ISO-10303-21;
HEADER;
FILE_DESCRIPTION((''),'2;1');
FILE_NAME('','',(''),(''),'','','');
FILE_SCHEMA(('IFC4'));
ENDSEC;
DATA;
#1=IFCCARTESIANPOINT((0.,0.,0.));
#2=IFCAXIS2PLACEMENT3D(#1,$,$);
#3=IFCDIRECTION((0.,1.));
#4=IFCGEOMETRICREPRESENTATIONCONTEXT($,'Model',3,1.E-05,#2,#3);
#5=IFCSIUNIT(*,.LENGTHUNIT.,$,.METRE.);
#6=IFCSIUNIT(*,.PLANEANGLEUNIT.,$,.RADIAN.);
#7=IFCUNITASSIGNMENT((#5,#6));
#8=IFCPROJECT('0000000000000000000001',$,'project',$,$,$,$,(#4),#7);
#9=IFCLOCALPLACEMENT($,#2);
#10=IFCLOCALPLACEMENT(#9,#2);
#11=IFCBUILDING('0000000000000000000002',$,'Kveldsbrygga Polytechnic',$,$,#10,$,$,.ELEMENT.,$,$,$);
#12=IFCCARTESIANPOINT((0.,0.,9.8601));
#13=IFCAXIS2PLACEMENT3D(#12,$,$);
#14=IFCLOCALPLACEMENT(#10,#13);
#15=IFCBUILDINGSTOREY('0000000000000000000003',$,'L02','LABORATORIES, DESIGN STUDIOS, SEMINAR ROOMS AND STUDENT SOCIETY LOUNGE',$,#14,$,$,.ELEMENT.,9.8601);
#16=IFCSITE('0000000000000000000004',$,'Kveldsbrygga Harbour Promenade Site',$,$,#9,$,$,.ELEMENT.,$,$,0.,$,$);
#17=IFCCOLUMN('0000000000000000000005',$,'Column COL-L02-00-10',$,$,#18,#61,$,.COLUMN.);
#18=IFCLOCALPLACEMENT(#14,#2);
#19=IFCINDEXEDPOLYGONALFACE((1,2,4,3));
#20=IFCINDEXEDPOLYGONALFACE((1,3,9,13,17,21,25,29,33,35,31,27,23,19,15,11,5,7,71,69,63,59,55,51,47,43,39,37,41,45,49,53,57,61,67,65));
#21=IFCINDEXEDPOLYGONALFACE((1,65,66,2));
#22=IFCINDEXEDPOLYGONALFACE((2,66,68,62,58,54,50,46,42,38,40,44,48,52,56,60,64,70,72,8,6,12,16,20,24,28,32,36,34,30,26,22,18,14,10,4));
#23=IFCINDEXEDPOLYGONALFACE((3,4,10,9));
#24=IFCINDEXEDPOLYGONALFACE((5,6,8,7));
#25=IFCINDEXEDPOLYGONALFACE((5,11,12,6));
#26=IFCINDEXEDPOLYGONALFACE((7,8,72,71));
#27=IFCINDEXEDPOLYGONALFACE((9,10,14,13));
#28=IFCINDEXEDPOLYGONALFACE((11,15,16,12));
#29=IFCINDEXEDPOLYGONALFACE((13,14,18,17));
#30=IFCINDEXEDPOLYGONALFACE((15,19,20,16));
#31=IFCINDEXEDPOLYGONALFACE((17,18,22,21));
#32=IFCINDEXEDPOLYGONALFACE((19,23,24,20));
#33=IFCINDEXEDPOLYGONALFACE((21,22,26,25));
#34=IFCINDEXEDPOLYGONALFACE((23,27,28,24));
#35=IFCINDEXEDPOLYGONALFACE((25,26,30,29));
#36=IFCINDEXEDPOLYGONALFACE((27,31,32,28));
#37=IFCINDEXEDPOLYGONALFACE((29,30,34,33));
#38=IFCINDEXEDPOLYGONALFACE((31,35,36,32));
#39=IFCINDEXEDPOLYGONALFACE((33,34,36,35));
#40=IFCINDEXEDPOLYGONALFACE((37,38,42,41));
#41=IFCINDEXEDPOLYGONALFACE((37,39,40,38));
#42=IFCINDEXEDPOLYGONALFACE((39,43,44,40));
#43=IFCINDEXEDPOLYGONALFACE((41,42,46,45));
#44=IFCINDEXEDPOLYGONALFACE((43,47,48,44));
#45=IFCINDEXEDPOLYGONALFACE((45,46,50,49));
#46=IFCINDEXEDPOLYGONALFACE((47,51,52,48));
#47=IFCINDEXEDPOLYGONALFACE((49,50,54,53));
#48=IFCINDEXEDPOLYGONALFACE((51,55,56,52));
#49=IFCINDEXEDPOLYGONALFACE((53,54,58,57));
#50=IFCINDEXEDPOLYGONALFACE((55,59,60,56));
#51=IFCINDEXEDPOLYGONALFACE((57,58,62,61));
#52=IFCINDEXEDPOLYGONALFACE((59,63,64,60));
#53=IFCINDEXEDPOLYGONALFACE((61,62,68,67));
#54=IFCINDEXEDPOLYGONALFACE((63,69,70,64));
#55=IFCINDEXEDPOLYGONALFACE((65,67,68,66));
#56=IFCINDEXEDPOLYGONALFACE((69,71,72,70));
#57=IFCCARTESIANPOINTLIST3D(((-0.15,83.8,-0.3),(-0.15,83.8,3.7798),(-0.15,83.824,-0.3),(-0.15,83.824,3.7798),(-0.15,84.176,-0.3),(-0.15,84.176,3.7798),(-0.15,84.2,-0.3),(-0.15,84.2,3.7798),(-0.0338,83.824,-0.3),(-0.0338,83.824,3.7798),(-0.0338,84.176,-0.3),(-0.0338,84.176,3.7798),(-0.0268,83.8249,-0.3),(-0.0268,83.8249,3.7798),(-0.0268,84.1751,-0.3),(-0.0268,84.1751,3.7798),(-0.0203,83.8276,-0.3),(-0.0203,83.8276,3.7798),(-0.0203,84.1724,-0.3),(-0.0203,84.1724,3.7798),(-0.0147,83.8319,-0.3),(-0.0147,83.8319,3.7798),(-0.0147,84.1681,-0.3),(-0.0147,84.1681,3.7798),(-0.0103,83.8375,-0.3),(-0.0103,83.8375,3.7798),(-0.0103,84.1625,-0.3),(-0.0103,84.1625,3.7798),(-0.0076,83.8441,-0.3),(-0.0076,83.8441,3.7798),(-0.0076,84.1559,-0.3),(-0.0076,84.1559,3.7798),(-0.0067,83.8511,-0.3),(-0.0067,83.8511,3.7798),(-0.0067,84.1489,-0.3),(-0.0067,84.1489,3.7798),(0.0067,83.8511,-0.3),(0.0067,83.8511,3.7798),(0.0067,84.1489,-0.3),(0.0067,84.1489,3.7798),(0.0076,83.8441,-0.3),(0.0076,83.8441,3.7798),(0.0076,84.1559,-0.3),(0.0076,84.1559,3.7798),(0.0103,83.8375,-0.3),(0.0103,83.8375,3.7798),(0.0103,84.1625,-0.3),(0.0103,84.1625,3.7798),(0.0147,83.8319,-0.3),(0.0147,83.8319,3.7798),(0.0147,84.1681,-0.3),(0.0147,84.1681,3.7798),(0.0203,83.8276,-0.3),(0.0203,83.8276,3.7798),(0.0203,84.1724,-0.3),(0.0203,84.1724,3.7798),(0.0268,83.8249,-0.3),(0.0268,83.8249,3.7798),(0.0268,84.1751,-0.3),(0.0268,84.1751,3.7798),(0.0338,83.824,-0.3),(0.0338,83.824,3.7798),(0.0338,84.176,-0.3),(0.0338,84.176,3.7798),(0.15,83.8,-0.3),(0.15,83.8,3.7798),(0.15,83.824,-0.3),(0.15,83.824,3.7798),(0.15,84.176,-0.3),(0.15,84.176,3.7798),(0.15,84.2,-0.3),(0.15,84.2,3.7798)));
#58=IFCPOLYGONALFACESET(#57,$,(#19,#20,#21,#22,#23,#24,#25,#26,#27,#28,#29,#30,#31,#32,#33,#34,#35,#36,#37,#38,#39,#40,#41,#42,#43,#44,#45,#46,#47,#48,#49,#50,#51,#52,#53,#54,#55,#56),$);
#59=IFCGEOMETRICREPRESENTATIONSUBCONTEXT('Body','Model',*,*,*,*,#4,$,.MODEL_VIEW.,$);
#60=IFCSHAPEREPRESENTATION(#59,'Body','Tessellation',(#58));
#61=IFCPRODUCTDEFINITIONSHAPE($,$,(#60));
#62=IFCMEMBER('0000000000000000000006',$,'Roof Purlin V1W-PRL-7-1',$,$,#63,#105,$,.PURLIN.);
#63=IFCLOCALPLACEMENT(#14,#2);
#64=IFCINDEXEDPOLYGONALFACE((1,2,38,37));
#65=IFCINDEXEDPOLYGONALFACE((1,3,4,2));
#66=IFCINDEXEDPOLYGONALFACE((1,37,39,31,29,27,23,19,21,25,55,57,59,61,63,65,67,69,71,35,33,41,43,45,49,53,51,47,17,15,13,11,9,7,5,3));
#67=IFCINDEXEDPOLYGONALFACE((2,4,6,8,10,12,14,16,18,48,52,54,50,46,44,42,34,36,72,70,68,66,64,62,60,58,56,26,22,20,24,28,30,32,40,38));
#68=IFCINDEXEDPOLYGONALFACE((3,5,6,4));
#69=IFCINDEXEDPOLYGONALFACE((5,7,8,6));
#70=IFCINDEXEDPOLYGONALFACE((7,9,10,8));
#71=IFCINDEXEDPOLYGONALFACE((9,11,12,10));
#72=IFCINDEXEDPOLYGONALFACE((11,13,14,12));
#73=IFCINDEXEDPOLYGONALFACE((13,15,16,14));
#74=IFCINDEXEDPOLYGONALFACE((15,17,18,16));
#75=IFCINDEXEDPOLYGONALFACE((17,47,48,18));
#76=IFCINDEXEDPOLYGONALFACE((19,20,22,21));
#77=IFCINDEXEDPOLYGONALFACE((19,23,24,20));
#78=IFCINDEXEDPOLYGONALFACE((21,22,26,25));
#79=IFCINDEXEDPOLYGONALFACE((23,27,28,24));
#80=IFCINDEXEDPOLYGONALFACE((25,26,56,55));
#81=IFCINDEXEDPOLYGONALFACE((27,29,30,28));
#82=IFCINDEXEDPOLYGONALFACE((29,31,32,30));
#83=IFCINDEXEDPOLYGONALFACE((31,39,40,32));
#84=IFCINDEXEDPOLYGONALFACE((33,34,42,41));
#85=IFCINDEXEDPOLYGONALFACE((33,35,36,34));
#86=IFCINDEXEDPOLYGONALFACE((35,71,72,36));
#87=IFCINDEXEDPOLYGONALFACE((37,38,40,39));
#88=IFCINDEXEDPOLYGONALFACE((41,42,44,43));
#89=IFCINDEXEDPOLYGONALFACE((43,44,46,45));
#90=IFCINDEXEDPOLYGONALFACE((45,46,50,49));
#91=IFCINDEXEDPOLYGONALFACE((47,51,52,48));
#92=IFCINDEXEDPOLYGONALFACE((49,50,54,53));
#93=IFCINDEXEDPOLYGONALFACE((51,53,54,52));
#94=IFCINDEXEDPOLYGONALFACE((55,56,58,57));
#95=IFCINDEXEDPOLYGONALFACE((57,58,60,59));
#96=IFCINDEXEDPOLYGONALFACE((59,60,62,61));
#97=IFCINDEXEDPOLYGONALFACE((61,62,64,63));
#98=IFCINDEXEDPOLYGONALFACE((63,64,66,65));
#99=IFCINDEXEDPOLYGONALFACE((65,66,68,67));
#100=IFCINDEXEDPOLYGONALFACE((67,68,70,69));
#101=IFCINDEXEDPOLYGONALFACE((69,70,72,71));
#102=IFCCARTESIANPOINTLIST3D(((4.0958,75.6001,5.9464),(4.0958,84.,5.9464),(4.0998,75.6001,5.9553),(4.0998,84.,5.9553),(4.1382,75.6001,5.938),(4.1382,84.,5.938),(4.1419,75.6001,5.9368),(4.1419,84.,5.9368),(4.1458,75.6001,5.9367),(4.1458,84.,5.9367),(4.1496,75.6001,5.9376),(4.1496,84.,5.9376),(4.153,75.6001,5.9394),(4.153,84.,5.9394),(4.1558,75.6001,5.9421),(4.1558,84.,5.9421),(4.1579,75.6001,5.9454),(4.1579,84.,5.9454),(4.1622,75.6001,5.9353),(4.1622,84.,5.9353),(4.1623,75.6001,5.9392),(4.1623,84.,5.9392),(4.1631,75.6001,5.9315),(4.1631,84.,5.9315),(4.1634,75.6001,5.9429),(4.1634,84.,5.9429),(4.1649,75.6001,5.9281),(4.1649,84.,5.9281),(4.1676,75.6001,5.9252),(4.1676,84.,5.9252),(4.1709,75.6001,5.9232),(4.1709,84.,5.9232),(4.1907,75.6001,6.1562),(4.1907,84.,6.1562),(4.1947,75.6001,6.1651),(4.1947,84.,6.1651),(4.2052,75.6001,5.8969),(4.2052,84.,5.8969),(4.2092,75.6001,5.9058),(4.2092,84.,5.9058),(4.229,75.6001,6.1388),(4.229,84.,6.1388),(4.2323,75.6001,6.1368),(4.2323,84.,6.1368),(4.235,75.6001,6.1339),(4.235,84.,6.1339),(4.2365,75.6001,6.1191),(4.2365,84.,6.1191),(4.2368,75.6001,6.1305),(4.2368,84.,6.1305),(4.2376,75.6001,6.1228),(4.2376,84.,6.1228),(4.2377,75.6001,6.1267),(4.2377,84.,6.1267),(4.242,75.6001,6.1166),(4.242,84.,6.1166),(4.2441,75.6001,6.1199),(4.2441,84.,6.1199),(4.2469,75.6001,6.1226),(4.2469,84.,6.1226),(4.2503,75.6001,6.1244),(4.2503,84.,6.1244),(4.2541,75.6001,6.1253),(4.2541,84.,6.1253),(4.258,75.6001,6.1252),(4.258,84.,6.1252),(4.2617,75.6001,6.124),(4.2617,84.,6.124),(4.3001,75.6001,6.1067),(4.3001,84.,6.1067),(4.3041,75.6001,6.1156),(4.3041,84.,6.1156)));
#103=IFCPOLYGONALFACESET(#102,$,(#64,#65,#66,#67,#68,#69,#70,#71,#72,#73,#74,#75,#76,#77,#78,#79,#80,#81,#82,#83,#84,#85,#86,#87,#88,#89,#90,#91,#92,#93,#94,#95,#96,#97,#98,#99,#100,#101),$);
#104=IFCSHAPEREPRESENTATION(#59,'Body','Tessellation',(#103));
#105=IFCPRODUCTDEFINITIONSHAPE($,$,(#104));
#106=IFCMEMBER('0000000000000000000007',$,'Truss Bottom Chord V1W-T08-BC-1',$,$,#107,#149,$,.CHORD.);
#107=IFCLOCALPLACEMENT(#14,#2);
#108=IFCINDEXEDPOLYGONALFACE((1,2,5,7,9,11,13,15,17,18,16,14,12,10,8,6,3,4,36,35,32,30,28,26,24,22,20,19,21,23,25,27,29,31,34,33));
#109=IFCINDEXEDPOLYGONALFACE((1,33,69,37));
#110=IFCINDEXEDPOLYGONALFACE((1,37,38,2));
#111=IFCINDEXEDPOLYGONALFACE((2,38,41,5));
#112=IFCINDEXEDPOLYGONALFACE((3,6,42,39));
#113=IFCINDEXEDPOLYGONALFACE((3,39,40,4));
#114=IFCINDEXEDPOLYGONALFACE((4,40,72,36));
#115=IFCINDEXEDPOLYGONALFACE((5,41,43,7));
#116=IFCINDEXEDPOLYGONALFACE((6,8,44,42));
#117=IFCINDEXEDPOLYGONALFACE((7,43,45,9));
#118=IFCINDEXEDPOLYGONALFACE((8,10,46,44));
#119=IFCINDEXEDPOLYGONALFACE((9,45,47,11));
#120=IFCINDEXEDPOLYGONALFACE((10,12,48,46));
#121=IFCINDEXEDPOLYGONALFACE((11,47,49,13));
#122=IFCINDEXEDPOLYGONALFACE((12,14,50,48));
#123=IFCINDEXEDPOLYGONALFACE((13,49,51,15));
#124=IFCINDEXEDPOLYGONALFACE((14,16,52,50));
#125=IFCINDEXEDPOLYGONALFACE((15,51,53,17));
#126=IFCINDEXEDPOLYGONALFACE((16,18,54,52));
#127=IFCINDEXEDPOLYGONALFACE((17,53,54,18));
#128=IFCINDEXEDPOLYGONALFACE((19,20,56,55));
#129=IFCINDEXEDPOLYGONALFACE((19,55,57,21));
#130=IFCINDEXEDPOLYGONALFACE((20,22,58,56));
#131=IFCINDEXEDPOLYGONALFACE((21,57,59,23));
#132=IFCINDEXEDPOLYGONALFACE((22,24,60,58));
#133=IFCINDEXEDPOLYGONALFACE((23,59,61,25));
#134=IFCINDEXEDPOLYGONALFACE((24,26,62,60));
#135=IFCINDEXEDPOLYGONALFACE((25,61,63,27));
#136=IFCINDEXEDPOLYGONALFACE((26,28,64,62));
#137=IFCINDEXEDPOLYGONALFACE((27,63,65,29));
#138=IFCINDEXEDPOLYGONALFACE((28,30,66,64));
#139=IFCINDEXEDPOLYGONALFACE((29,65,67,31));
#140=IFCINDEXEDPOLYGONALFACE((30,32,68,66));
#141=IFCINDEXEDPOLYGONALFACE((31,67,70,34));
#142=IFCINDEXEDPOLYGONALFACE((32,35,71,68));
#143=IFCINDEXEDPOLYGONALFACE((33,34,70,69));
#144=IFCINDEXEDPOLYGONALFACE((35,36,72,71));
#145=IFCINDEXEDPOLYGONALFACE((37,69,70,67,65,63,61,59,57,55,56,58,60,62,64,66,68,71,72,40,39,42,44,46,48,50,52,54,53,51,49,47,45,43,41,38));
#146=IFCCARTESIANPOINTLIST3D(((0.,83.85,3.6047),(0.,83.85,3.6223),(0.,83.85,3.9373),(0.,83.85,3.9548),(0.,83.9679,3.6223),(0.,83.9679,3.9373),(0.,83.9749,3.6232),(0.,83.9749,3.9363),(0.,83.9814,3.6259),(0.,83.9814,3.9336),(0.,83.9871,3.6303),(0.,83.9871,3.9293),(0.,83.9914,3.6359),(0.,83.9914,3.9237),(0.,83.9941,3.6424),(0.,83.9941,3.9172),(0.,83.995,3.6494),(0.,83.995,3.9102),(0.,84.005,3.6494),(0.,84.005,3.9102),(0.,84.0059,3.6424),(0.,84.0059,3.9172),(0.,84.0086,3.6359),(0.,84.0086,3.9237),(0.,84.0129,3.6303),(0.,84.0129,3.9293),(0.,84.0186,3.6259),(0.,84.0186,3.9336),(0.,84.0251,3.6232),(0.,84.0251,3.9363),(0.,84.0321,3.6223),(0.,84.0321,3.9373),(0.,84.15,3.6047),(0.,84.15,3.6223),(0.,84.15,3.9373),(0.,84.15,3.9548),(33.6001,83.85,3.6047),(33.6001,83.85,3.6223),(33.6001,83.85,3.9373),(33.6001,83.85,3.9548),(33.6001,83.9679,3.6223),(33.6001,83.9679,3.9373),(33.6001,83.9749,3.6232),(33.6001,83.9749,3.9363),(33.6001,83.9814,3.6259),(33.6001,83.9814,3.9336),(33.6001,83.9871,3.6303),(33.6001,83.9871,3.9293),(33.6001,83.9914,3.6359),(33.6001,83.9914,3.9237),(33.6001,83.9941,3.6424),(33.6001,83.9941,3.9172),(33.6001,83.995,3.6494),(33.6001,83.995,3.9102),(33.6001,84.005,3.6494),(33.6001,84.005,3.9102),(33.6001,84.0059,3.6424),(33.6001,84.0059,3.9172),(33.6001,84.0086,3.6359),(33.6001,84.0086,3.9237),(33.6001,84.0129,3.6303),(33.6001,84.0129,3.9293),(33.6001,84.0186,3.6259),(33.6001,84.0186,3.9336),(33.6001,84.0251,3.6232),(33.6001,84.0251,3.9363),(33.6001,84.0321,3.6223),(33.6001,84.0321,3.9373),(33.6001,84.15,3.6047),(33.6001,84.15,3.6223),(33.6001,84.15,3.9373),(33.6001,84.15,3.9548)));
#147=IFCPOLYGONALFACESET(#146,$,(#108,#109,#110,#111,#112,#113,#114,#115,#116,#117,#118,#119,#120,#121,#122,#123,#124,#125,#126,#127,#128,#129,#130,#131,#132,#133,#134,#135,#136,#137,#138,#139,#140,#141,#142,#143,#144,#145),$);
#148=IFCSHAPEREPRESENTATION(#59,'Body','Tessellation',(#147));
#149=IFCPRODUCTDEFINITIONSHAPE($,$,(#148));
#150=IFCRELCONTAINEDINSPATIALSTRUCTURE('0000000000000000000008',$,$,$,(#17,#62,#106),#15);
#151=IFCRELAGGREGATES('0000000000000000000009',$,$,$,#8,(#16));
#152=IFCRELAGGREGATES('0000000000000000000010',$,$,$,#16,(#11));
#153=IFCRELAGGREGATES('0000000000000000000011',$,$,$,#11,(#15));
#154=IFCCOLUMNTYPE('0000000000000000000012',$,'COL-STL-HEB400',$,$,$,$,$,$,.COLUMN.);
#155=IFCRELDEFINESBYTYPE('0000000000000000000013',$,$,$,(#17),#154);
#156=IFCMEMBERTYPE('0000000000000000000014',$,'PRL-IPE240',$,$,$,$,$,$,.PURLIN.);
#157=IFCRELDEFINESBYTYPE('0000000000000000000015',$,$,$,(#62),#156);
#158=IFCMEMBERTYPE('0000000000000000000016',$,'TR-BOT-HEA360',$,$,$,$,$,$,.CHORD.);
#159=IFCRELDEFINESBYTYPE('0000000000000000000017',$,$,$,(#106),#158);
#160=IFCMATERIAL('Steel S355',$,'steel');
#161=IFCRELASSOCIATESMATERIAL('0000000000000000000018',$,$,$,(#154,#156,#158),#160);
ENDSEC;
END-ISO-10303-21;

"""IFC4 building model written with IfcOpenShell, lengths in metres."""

from ifc_helpers import new_model, si_unit, direction, frame, origin, origin_2d, place, context, subcontext, project, spatial, i_section, extrude, material, material_profile, profile_set, type_object, element, save


model = new_model("IFC4")

# Units and contexts
model_context = context("Model", 3, precision=1e-05, world=origin(), true_north=direction((0.0, 1.0)))
body_context = subcontext(model_context, "Body", "Model", "MODEL_VIEW")
ifc_project = project(units=[si_unit("LENGTHUNIT", "METRE"), si_unit("PLANEANGLEUNIT", "RADIAN")], contexts=[model_context])

# Site, building, storey
site_placement = place(None, origin())
site = spatial("IfcSite", under=ifc_project, at=site_placement, Name="Kveldsbrygga Harbour Promenade Site", CompositionType="ELEMENT", RefElevation=0.0)
building_placement = place(site_placement, origin())
building = spatial("IfcBuilding", under=site, at=building_placement, Name="Kveldsbrygga Polytechnic", CompositionType="ELEMENT")
storey_placement = place(building_placement, frame((0.0, 0.0, 9.8601)))
storey = spatial("IfcBuildingStorey", under=building, at=storey_placement, Name="L02", Description="LABORATORIES, DESIGN STUDIOS, SEMINAR ROOMS AND STUDENT SOCIETY LOUNGE", CompositionType="ELEMENT", Elevation=9.8601)

# Column
ifc_material_1 = material(Name="Steel S355", Category="steel")
ifc_material_profile_1 = material_profile(ifc_material_1, i_section(OverallWidth=0.3, OverallDepth=0.3999, WebThickness=0.0134, FlangeThickness=0.0239, FilletRadius=0.0271, at=origin_2d()), Name="HEB 400")
ifc_profile_set_1 = profile_set([ifc_material_profile_1], Name="Steel S355")
column_type = type_object("IfcColumnType", Name="COL-STL-HEB400", PredefinedType="COLUMN", material=ifc_profile_set_1)
column_placement = place(storey_placement, frame((0.0, 84.0, -0.3), z_axis=(0.0, 0.0, 1.0), x_axis=(1.0, 0.0, 0.0)))
element("IfcColumn", 1, at=column_placement, inside=storey, type_object=column_type, Name="Column COL-L02-00-10", PredefinedType="COLUMN", context=body_context, shape_type="SweptSolid", body=[
    extrude(i_section(OverallWidth=0.3, OverallDepth=0.3999, WebThickness=0.0134, FlangeThickness=0.0239, FilletRadius=0.0271, at=origin_2d()), origin(), (0.0, 0.0, 1.0), 4.0798),
])

# Members
ifc_material_profile_2 = material_profile(ifc_material_1, i_section(OverallWidth=0.1201, OverallDepth=0.24, WebThickness=0.0061, FlangeThickness=0.0098, FilletRadius=0.0149, at=origin_2d()), Name="IPE 240")
ifc_profile_set_2 = profile_set([ifc_material_profile_2], Name="Steel S355")
member_type_1 = type_object("IfcMemberType", Name="PRL-IPE240", PredefinedType="PURLIN", material=ifc_profile_set_2)
member_1_placement = place(storey_placement, frame((4.2, 75.6001, 6.031), z_axis=(0.0, 1.0, 0.0), x_axis=(-0.911108, 0.0, 0.412168)))
element("IfcMember", 2, at=member_1_placement, inside=storey, type_object=member_type_1, Name="Roof Purlin V1W-PRL-7-1", PredefinedType="PURLIN", context=body_context, shape_type="SweptSolid", body=[
    extrude(i_section(OverallWidth=0.1201, OverallDepth=0.24, WebThickness=0.0061, FlangeThickness=0.0098, FilletRadius=0.0149, at=origin_2d()), origin(), (0.0, 0.0, 1.0), 8.3999),
])
ifc_material_profile_3 = material_profile(ifc_material_1, i_section(OverallWidth=0.3, OverallDepth=0.3501, WebThickness=0.01, FlangeThickness=0.0176, FilletRadius=0.0271, at=origin_2d()), Name="HEA 360")
ifc_profile_set_3 = profile_set([ifc_material_profile_3], Name="Steel S355")
member_type_2 = type_object("IfcMemberType", Name="TR-BOT-HEA360", PredefinedType="CHORD", material=ifc_profile_set_3)
member_2_placement = place(storey_placement, frame((0.0, 84.0, 3.7798), z_axis=(1.0, 0.0, 0.0), x_axis=(0.0, 1.0, 0.0)))
element("IfcMember", 3, at=member_2_placement, inside=storey, type_object=member_type_2, Name="Truss Bottom Chord V1W-T08-BC-1", PredefinedType="CHORD", context=body_context, shape_type="SweptSolid", body=[
    extrude(i_section(OverallWidth=0.3, OverallDepth=0.3501, WebThickness=0.01, FlangeThickness=0.0176, FilletRadius=0.0271, at=origin_2d()), origin(), (0.0, 0.0, 1.0), 33.6001),
])

save(model, "model.ifc")
